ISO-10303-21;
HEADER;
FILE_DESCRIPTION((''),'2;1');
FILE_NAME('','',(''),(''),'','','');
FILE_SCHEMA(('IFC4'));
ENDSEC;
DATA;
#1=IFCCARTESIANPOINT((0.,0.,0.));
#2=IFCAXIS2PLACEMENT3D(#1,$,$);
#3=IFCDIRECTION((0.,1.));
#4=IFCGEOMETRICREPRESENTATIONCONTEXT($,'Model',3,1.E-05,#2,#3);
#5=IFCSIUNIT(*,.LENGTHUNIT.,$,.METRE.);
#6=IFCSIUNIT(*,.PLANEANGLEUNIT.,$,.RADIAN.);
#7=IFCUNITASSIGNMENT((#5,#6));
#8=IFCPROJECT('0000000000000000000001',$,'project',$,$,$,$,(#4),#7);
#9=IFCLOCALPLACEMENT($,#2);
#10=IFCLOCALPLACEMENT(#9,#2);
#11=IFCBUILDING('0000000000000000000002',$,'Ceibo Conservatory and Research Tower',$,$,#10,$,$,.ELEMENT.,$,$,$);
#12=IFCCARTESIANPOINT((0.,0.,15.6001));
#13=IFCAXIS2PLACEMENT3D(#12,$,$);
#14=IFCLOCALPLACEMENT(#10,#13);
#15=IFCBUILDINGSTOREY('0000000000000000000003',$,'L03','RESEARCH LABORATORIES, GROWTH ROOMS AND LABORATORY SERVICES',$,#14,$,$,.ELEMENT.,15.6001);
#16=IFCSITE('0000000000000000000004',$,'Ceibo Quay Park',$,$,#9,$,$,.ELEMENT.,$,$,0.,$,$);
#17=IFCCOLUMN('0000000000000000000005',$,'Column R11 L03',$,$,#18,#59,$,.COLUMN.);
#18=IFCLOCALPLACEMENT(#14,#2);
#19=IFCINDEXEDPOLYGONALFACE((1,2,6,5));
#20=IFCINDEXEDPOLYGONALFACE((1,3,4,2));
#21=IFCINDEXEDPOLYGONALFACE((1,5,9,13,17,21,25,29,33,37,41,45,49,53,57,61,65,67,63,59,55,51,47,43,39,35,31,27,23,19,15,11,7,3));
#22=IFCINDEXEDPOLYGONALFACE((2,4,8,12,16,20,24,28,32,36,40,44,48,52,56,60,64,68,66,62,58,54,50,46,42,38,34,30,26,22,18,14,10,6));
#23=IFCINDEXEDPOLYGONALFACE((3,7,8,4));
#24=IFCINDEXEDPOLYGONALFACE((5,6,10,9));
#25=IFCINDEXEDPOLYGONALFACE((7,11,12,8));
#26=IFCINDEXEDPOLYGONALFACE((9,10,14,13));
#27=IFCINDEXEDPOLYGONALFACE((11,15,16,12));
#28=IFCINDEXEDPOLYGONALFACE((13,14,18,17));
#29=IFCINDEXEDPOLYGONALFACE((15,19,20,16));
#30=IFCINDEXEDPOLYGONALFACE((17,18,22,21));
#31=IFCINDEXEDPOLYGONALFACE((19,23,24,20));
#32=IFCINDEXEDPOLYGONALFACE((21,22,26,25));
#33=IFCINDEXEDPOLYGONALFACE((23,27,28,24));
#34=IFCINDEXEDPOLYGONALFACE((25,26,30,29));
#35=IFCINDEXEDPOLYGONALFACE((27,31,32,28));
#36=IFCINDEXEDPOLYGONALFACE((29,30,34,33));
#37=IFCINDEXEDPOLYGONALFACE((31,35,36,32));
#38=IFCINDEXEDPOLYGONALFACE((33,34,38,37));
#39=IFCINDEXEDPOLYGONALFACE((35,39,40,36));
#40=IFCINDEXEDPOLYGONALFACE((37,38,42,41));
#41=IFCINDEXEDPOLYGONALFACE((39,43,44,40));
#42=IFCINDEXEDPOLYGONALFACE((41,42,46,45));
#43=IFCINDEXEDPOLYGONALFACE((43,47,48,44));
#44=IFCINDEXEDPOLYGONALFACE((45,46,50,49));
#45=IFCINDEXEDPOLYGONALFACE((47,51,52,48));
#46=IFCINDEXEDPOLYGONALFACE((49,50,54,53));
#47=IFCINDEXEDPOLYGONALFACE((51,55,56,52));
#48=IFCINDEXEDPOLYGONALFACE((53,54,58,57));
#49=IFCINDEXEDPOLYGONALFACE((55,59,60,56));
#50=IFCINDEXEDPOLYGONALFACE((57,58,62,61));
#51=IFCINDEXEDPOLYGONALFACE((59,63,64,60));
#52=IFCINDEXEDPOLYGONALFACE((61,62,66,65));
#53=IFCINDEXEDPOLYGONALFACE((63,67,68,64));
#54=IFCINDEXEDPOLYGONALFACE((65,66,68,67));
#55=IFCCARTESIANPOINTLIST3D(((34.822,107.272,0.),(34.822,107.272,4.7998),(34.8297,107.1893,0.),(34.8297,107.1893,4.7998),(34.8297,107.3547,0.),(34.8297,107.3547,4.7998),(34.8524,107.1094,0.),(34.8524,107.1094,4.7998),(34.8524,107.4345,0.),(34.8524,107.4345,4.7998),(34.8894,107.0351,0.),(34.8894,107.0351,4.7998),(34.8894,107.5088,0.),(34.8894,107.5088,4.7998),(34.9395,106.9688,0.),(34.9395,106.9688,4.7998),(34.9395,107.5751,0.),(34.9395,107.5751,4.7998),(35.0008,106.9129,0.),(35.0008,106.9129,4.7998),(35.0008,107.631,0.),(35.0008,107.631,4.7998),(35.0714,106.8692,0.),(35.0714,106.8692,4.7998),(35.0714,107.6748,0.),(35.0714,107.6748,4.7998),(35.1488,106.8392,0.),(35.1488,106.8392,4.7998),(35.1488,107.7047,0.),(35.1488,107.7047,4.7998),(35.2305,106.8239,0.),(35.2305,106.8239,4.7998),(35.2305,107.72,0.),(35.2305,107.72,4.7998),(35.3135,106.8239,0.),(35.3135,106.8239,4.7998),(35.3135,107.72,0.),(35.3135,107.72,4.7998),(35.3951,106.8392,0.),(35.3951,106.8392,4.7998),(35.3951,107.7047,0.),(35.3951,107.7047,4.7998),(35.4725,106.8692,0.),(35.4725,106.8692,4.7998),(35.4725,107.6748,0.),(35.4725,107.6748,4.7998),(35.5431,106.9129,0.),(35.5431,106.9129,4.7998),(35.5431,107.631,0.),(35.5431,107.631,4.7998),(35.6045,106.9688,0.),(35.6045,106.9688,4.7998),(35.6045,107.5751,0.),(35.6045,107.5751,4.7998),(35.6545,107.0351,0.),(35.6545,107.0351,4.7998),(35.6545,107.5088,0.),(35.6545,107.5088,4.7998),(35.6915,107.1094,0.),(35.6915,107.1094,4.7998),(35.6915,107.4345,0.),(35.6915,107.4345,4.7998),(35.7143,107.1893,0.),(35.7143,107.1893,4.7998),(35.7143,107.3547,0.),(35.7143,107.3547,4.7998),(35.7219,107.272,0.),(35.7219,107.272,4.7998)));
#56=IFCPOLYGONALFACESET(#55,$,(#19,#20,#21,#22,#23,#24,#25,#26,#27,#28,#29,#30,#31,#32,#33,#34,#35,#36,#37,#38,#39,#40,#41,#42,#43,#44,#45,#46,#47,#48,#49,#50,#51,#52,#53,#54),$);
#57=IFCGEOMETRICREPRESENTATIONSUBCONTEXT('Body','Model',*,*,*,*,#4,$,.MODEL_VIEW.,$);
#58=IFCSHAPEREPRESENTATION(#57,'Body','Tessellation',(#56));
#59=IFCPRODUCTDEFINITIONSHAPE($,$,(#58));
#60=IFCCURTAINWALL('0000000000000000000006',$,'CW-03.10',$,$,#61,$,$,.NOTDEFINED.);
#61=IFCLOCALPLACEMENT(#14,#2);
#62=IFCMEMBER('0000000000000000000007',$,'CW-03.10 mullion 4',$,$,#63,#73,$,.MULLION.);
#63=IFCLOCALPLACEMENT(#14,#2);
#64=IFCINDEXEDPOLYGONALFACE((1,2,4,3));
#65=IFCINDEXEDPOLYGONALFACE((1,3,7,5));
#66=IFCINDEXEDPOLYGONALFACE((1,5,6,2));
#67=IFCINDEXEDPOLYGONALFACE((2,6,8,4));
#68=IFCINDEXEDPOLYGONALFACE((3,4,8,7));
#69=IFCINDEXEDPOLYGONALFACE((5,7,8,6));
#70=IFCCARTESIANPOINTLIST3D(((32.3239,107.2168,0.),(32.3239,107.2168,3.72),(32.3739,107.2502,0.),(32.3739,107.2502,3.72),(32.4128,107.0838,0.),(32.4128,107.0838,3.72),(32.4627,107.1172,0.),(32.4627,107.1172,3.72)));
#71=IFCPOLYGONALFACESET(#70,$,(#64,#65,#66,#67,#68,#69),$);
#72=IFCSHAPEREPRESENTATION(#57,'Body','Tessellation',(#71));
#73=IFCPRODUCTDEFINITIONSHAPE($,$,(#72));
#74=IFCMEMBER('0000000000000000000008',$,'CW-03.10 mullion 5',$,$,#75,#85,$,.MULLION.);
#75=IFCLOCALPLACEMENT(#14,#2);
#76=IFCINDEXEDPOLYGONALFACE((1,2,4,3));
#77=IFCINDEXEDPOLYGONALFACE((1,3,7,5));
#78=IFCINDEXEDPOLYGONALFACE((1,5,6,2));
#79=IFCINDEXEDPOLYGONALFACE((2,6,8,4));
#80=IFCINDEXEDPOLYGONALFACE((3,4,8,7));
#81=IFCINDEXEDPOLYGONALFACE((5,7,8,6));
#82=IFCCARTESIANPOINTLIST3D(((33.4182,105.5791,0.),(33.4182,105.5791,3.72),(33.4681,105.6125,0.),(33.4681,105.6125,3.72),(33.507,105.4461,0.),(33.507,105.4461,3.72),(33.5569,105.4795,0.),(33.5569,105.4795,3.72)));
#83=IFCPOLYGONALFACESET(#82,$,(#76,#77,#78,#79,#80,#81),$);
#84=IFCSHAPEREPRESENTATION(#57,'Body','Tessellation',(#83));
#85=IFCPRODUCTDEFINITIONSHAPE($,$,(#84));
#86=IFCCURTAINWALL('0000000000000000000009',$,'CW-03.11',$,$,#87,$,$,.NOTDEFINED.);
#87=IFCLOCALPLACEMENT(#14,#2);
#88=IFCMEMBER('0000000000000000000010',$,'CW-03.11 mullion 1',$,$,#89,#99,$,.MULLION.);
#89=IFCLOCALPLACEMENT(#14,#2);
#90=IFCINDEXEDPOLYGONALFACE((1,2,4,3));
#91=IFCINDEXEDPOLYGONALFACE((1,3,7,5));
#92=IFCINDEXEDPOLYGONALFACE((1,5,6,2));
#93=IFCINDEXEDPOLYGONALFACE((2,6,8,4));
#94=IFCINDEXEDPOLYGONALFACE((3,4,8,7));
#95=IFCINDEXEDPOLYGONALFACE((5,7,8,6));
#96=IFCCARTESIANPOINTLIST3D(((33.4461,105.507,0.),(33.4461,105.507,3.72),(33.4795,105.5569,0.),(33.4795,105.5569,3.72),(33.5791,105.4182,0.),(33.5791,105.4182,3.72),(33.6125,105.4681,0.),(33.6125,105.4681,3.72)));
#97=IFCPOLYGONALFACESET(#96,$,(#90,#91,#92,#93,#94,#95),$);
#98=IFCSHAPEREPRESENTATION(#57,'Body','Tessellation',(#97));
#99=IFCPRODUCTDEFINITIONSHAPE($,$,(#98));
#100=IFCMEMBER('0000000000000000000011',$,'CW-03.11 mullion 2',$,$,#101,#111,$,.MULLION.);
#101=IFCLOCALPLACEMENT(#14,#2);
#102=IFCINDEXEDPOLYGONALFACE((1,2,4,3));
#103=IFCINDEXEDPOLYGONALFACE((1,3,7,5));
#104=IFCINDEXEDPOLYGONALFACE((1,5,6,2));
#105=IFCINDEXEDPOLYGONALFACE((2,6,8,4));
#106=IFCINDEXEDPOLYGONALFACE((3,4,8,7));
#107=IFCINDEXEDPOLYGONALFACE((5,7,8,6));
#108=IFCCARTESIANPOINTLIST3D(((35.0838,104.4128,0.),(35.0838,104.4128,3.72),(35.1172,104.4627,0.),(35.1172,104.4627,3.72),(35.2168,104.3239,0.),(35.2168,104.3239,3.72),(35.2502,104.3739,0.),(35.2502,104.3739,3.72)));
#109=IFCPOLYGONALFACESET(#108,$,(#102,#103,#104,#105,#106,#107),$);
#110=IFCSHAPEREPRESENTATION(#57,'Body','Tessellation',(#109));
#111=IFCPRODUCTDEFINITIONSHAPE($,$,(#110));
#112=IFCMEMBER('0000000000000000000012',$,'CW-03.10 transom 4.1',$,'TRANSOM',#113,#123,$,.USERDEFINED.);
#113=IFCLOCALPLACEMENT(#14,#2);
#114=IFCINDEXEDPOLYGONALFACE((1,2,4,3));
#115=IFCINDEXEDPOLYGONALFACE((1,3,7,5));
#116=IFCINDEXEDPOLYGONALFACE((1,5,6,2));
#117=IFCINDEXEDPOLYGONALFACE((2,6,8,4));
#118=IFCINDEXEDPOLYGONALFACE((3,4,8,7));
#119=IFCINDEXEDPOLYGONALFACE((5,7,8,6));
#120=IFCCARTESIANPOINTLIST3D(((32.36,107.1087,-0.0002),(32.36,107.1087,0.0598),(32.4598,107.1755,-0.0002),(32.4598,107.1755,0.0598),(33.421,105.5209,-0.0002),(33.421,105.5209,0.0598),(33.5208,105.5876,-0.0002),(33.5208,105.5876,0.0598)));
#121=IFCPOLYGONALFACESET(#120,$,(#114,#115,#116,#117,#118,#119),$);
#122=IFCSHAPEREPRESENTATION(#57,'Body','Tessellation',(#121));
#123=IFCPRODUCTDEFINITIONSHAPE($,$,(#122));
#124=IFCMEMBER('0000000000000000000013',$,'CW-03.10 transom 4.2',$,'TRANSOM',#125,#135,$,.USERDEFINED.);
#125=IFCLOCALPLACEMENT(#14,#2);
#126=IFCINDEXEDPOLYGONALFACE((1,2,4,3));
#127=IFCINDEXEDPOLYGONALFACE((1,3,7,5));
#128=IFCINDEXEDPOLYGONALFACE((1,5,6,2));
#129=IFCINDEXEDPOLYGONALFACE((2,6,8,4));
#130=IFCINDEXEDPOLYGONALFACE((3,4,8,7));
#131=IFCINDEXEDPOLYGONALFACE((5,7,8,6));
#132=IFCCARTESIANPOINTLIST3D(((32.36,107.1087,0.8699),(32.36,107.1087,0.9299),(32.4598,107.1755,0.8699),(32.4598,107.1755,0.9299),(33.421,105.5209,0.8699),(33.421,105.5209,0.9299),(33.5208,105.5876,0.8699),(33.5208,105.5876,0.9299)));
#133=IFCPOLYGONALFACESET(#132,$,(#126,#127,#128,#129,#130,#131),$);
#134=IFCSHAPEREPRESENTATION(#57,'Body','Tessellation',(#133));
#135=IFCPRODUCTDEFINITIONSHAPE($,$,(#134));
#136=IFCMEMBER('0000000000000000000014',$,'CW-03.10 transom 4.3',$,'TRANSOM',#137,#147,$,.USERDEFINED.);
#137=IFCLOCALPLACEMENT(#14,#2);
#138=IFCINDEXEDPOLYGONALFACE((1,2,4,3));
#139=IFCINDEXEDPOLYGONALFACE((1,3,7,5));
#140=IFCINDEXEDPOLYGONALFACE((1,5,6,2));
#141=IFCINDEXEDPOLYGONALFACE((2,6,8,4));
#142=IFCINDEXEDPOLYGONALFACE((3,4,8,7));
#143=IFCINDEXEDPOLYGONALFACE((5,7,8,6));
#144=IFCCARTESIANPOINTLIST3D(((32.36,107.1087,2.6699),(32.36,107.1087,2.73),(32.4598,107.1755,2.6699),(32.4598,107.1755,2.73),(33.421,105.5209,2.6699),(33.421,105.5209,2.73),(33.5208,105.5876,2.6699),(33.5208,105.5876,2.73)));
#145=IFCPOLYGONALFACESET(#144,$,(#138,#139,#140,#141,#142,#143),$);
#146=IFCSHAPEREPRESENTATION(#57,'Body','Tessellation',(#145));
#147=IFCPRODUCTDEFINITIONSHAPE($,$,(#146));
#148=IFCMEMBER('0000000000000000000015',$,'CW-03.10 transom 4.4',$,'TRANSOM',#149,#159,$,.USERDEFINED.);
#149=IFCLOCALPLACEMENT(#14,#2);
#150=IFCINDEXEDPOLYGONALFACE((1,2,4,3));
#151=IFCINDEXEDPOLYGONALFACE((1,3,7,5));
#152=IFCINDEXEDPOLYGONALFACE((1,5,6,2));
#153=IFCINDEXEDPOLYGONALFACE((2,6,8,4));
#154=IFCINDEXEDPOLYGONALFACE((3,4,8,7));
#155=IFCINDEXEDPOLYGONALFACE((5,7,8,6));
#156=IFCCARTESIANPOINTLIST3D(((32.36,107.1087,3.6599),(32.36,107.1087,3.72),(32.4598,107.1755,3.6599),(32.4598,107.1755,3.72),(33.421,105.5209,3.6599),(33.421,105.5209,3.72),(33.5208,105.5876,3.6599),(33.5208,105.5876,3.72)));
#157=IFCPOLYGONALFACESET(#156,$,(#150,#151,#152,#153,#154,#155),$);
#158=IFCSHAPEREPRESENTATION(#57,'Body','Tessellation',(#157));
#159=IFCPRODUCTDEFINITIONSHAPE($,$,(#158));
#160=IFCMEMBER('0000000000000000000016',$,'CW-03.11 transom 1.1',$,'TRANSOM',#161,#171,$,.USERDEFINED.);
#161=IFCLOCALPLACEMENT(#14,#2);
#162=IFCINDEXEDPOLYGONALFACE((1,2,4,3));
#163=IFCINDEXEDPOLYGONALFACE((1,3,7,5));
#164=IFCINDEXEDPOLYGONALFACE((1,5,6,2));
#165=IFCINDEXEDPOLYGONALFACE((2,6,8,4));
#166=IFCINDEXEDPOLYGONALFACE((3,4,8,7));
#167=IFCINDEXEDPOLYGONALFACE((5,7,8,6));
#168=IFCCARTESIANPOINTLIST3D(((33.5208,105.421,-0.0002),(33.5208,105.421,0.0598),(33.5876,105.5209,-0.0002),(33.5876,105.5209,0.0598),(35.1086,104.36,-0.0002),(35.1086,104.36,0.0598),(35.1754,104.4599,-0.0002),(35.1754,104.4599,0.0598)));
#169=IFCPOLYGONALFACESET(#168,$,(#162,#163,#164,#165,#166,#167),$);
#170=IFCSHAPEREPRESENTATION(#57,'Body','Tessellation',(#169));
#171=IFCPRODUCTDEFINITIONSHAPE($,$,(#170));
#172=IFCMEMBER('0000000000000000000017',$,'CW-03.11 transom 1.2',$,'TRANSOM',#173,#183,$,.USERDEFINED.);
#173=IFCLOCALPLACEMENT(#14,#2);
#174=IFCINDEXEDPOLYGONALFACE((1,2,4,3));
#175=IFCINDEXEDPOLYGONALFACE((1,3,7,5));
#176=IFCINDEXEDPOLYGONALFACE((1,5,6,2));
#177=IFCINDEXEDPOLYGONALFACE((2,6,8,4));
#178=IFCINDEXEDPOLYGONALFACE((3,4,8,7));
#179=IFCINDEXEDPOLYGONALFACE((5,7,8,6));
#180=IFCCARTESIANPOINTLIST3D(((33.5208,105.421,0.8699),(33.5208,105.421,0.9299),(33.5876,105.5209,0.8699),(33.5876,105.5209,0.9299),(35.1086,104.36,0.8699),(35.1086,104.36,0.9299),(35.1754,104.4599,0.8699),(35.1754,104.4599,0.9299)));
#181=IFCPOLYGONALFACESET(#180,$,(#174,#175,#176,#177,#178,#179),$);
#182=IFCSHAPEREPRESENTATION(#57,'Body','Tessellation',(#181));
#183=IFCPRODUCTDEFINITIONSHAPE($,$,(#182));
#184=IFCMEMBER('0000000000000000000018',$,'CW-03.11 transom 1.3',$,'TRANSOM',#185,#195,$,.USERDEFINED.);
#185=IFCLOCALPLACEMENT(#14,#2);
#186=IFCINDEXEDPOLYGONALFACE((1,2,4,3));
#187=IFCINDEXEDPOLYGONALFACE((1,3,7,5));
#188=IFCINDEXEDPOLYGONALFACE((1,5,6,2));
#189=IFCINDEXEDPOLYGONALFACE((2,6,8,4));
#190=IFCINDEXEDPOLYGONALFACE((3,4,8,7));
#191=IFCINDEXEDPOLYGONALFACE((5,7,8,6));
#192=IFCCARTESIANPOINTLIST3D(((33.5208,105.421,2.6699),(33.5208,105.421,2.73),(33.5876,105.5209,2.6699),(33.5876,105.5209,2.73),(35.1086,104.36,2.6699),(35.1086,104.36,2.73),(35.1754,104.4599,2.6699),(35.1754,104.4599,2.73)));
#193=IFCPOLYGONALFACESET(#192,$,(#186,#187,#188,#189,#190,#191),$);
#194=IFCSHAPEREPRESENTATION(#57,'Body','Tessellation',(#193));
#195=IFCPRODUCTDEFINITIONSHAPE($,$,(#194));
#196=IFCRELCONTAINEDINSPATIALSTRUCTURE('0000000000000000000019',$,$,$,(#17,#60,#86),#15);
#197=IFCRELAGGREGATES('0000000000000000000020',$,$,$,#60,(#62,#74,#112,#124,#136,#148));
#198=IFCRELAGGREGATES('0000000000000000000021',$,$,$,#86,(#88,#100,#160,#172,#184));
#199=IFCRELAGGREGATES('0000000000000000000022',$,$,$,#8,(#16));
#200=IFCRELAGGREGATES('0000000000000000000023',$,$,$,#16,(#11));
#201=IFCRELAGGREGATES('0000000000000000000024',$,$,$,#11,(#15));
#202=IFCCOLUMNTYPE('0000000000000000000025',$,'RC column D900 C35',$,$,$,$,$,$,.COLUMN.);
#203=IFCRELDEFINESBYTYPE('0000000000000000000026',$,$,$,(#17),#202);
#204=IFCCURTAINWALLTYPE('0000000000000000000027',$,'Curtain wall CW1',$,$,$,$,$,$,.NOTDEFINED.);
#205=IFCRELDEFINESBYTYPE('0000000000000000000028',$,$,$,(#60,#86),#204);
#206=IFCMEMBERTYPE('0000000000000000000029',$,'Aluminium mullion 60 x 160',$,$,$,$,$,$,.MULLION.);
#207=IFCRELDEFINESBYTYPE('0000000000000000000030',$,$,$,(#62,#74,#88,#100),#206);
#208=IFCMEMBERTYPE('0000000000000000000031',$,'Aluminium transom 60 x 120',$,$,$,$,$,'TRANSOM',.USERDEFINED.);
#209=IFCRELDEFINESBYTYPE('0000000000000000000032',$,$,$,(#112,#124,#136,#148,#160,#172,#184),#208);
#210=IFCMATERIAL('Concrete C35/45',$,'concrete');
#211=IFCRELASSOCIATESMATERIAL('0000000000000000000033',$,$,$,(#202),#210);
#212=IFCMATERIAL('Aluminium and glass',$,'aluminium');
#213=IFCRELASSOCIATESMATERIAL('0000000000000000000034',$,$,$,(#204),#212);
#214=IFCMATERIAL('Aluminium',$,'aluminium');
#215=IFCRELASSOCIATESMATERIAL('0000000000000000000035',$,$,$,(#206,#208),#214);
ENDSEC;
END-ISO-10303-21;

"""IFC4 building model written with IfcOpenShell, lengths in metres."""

from ifc_helpers import new_model, si_unit, direction, frame, origin, origin_2d, place, context, subcontext, project, spatial, rectangle, circle, extrude, material, material_profile, profile_set, type_object, element, aggregate, save


model = new_model("IFC4")

# Units and contexts
model_context = context("Model", 3, precision=1e-05, world=origin(), true_north=direction((0.0, 1.0)))
body_context = subcontext(model_context, "Body", "Model", "MODEL_VIEW")
ifc_project = project(units=[si_unit("LENGTHUNIT", "METRE"), si_unit("PLANEANGLEUNIT", "RADIAN")], contexts=[model_context])

# Site, building, storey
site_placement = place(None, origin())
site = spatial("IfcSite", under=ifc_project, at=site_placement, Name="Ceibo Quay Park", CompositionType="ELEMENT", RefElevation=0.0)
building_placement = place(site_placement, origin())
building = spatial("IfcBuilding", under=site, at=building_placement, Name="Ceibo Conservatory and Research Tower", CompositionType="ELEMENT")
storey_placement = place(building_placement, frame((0.0, 0.0, 15.6001)))
storey = spatial("IfcBuildingStorey", under=building, at=storey_placement, Name="L03", Description="RESEARCH LABORATORIES, GROWTH ROOMS AND LABORATORY SERVICES", CompositionType="ELEMENT", Elevation=15.6001)

# Column
ifc_material_1 = material(Name="Concrete C35/45", Category="concrete")
ifc_material_profile_1 = material_profile(ifc_material_1, circle(Radius=0.45, at=origin_2d()), Name="RC D900")
ifc_profile_set_1 = profile_set([ifc_material_profile_1], Name="Concrete C35/45")
column_type = type_object("IfcColumnType", Name="RC column D900 C35", PredefinedType="COLUMN", material=ifc_profile_set_1)
column_placement = place(storey_placement, frame((35.272, 107.272, 0.0), z_axis=(0.0, 0.0, 1.0), x_axis=(1.0, 0.0, 0.0)))
element("IfcColumn", 1, at=column_placement, inside=storey, type_object=column_type, Name="Column R11 L03", PredefinedType="COLUMN", context=body_context, shape_type="SweptSolid", body=[
    extrude(circle(Radius=0.45, at=origin_2d()), origin(), (0.0, 0.0, 1.0), 4.7998),
])

# Curtain walls, members
ifc_material_2 = material(Name="Aluminium and glass", Category="aluminium")
curtain_wall_type = type_object("IfcCurtainWallType", Name="Curtain wall CW1", PredefinedType="NOTDEFINED", material=ifc_material_2)
curtain_wall_1_placement = place(storey_placement, origin())
curtain_wall_1 = element("IfcCurtainWall", 2, at=curtain_wall_1_placement, inside=storey, type_object=curtain_wall_type, Name="CW-03.10", PredefinedType="NOTDEFINED")
ifc_material_3 = material(Name="Aluminium", Category="aluminium")
ifc_material_profile_2 = material_profile(ifc_material_3, rectangle(XDim=0.0601, YDim=0.1599, at=origin_2d()), Name="Aluminium 60 x 160")
ifc_profile_set_2 = profile_set([ifc_material_profile_2], Name="Aluminium")
member_type_1 = type_object("IfcMemberType", Name="Aluminium mullion 60 x 160", PredefinedType="MULLION", material=ifc_profile_set_2)
member_1_placement = place(storey_placement, frame((32.3933, 107.167, 0.0), z_axis=(0.0, 0.0, 1.0), x_axis=(0.83147, 0.55557, 0.0)))
member_1 = element("IfcMember", 3, at=member_1_placement, type_object=member_type_1, Name="CW-03.10 mullion 4", PredefinedType="MULLION", context=body_context, shape_type="SweptSolid", body=[
    extrude(rectangle(XDim=0.0601, YDim=0.1599, at=origin_2d()), origin(), (0.0, 0.0, 1.0), 3.72),
])
member_2_placement = place(storey_placement, frame((33.4875, 105.5293, 0.0), z_axis=(0.0, 0.0, 1.0), x_axis=(0.83147, 0.55557, 0.0)))
member_2 = element("IfcMember", 4, at=member_2_placement, type_object=member_type_1, Name="CW-03.10 mullion 5", PredefinedType="MULLION", context=body_context, shape_type="SweptSolid", body=[
    extrude(rectangle(XDim=0.0601, YDim=0.1599, at=origin_2d()), origin(), (0.0, 0.0, 1.0), 3.72),
])
curtain_wall_2_placement = place(storey_placement, origin())
curtain_wall_2 = element("IfcCurtainWall", 5, at=curtain_wall_2_placement, inside=storey, type_object=curtain_wall_type, Name="CW-03.11", PredefinedType="NOTDEFINED")
member_3_placement = place(storey_placement, frame((33.5293, 105.4875, 0.0), z_axis=(0.0, 0.0, 1.0), x_axis=(0.55557, 0.83147, 0.0)))
member_3 = element("IfcMember", 6, at=member_3_placement, type_object=member_type_1, Name="CW-03.11 mullion 1", PredefinedType="MULLION", context=body_context, shape_type="SweptSolid", body=[
    extrude(rectangle(XDim=0.0601, YDim=0.1599, at=origin_2d()), origin(), (0.0, 0.0, 1.0), 3.72),
])
member_4_placement = place(storey_placement, frame((35.167, 104.3933, 0.0), z_axis=(0.0, 0.0, 1.0), x_axis=(0.55557, 0.83147, 0.0)))
member_4 = element("IfcMember", 7, at=member_4_placement, type_object=member_type_1, Name="CW-03.11 mullion 2", PredefinedType="MULLION", context=body_context, shape_type="SweptSolid", body=[
    extrude(rectangle(XDim=0.0601, YDim=0.1599, at=origin_2d()), origin(), (0.0, 0.0, 1.0), 3.72),
])

# Members
ifc_material_profile_3 = material_profile(ifc_material_3, rectangle(XDim=0.1201, YDim=0.0601, at=origin_2d()), Name="Aluminium 60 x 120")
ifc_profile_set_3 = profile_set([ifc_material_profile_3], Name="Aluminium")
member_type_2 = type_object("IfcMemberType", Name="Aluminium transom 60 x 120", ElementType="TRANSOM", PredefinedType="USERDEFINED", material=ifc_profile_set_3)
member_5_placement = place(storey_placement, frame((32.4099, 107.1421, 0.0298), z_axis=(0.555585, -0.83146, 0.0), x_axis=(0.83146, 0.555585, 0.0)))
member_5 = element("IfcMember", 8, at=member_5_placement, type_object=member_type_2, Name="CW-03.10 transom 4.1", ObjectType="TRANSOM", PredefinedType="USERDEFINED", context=body_context, shape_type="SweptSolid", body=[
    extrude(rectangle(XDim=0.1201, YDim=0.0601, at=origin_2d()), origin(), (0.0, 0.0, 1.0), 1.9097),
])
member_6_placement = place(storey_placement, frame((32.4099, 107.1421, 0.8999), z_axis=(0.555585, -0.83146, 0.0), x_axis=(0.83146, 0.555585, 0.0)))
member_6 = element("IfcMember", 9, at=member_6_placement, type_object=member_type_2, Name="CW-03.10 transom 4.2", ObjectType="TRANSOM", PredefinedType="USERDEFINED", context=body_context, shape_type="SweptSolid", body=[
    extrude(rectangle(XDim=0.1201, YDim=0.0601, at=origin_2d()), origin(), (0.0, 0.0, 1.0), 1.9097),
])
member_7_placement = place(storey_placement, frame((32.4099, 107.1421, 2.7), z_axis=(0.555585, -0.83146, 0.0), x_axis=(0.83146, 0.555585, 0.0)))
member_7 = element("IfcMember", 10, at=member_7_placement, type_object=member_type_2, Name="CW-03.10 transom 4.3", ObjectType="TRANSOM", PredefinedType="USERDEFINED", context=body_context, shape_type="SweptSolid", body=[
    extrude(rectangle(XDim=0.1201, YDim=0.0601, at=origin_2d()), origin(), (0.0, 0.0, 1.0), 1.9097),
])
member_8_placement = place(storey_placement, frame((32.4099, 107.1421, 3.6899), z_axis=(0.555585, -0.83146, 0.0), x_axis=(0.83146, 0.555585, 0.0)))
member_8 = element("IfcMember", 11, at=member_8_placement, type_object=member_type_2, Name="CW-03.10 transom 4.4", ObjectType="TRANSOM", PredefinedType="USERDEFINED", context=body_context, shape_type="SweptSolid", body=[
    extrude(rectangle(XDim=0.1201, YDim=0.0601, at=origin_2d()), origin(), (0.0, 0.0, 1.0), 1.9097),
])
member_9_placement = place(storey_placement, frame((33.5542, 105.4709, 0.0298), z_axis=(0.83146, -0.555585, 0.0), x_axis=(0.555585, 0.83146, 0.0)))
member_9 = element("IfcMember", 12, at=member_9_placement, type_object=member_type_2, Name="CW-03.11 transom 1.1", ObjectType="TRANSOM", PredefinedType="USERDEFINED", context=body_context, shape_type="SweptSolid", body=[
    extrude(rectangle(XDim=0.1201, YDim=0.0601, at=origin_2d()), origin(), (0.0, 0.0, 1.0), 1.9097),
])
member_10_placement = place(storey_placement, frame((33.5542, 105.4709, 0.8999), z_axis=(0.83146, -0.555585, 0.0), x_axis=(0.555585, 0.83146, 0.0)))
member_10 = element("IfcMember", 13, at=member_10_placement, type_object=member_type_2, Name="CW-03.11 transom 1.2", ObjectType="TRANSOM", PredefinedType="USERDEFINED", context=body_context, shape_type="SweptSolid", body=[
    extrude(rectangle(XDim=0.1201, YDim=0.0601, at=origin_2d()), origin(), (0.0, 0.0, 1.0), 1.9097),
])
member_11_placement = place(storey_placement, frame((33.5542, 105.4709, 2.7), z_axis=(0.83146, -0.555585, 0.0), x_axis=(0.555585, 0.83146, 0.0)))
member_11 = element("IfcMember", 14, at=member_11_placement, type_object=member_type_2, Name="CW-03.11 transom 1.3", ObjectType="TRANSOM", PredefinedType="USERDEFINED", context=body_context, shape_type="SweptSolid", body=[
    extrude(rectangle(XDim=0.1201, YDim=0.0601, at=origin_2d()), origin(), (0.0, 0.0, 1.0), 1.9097),
])

aggregate(curtain_wall_1, [member_1, member_2, member_5, member_6, member_7, member_8])
aggregate(curtain_wall_2, [member_3, member_4, member_9, member_10, member_11])

save(model, "model.ifc")
